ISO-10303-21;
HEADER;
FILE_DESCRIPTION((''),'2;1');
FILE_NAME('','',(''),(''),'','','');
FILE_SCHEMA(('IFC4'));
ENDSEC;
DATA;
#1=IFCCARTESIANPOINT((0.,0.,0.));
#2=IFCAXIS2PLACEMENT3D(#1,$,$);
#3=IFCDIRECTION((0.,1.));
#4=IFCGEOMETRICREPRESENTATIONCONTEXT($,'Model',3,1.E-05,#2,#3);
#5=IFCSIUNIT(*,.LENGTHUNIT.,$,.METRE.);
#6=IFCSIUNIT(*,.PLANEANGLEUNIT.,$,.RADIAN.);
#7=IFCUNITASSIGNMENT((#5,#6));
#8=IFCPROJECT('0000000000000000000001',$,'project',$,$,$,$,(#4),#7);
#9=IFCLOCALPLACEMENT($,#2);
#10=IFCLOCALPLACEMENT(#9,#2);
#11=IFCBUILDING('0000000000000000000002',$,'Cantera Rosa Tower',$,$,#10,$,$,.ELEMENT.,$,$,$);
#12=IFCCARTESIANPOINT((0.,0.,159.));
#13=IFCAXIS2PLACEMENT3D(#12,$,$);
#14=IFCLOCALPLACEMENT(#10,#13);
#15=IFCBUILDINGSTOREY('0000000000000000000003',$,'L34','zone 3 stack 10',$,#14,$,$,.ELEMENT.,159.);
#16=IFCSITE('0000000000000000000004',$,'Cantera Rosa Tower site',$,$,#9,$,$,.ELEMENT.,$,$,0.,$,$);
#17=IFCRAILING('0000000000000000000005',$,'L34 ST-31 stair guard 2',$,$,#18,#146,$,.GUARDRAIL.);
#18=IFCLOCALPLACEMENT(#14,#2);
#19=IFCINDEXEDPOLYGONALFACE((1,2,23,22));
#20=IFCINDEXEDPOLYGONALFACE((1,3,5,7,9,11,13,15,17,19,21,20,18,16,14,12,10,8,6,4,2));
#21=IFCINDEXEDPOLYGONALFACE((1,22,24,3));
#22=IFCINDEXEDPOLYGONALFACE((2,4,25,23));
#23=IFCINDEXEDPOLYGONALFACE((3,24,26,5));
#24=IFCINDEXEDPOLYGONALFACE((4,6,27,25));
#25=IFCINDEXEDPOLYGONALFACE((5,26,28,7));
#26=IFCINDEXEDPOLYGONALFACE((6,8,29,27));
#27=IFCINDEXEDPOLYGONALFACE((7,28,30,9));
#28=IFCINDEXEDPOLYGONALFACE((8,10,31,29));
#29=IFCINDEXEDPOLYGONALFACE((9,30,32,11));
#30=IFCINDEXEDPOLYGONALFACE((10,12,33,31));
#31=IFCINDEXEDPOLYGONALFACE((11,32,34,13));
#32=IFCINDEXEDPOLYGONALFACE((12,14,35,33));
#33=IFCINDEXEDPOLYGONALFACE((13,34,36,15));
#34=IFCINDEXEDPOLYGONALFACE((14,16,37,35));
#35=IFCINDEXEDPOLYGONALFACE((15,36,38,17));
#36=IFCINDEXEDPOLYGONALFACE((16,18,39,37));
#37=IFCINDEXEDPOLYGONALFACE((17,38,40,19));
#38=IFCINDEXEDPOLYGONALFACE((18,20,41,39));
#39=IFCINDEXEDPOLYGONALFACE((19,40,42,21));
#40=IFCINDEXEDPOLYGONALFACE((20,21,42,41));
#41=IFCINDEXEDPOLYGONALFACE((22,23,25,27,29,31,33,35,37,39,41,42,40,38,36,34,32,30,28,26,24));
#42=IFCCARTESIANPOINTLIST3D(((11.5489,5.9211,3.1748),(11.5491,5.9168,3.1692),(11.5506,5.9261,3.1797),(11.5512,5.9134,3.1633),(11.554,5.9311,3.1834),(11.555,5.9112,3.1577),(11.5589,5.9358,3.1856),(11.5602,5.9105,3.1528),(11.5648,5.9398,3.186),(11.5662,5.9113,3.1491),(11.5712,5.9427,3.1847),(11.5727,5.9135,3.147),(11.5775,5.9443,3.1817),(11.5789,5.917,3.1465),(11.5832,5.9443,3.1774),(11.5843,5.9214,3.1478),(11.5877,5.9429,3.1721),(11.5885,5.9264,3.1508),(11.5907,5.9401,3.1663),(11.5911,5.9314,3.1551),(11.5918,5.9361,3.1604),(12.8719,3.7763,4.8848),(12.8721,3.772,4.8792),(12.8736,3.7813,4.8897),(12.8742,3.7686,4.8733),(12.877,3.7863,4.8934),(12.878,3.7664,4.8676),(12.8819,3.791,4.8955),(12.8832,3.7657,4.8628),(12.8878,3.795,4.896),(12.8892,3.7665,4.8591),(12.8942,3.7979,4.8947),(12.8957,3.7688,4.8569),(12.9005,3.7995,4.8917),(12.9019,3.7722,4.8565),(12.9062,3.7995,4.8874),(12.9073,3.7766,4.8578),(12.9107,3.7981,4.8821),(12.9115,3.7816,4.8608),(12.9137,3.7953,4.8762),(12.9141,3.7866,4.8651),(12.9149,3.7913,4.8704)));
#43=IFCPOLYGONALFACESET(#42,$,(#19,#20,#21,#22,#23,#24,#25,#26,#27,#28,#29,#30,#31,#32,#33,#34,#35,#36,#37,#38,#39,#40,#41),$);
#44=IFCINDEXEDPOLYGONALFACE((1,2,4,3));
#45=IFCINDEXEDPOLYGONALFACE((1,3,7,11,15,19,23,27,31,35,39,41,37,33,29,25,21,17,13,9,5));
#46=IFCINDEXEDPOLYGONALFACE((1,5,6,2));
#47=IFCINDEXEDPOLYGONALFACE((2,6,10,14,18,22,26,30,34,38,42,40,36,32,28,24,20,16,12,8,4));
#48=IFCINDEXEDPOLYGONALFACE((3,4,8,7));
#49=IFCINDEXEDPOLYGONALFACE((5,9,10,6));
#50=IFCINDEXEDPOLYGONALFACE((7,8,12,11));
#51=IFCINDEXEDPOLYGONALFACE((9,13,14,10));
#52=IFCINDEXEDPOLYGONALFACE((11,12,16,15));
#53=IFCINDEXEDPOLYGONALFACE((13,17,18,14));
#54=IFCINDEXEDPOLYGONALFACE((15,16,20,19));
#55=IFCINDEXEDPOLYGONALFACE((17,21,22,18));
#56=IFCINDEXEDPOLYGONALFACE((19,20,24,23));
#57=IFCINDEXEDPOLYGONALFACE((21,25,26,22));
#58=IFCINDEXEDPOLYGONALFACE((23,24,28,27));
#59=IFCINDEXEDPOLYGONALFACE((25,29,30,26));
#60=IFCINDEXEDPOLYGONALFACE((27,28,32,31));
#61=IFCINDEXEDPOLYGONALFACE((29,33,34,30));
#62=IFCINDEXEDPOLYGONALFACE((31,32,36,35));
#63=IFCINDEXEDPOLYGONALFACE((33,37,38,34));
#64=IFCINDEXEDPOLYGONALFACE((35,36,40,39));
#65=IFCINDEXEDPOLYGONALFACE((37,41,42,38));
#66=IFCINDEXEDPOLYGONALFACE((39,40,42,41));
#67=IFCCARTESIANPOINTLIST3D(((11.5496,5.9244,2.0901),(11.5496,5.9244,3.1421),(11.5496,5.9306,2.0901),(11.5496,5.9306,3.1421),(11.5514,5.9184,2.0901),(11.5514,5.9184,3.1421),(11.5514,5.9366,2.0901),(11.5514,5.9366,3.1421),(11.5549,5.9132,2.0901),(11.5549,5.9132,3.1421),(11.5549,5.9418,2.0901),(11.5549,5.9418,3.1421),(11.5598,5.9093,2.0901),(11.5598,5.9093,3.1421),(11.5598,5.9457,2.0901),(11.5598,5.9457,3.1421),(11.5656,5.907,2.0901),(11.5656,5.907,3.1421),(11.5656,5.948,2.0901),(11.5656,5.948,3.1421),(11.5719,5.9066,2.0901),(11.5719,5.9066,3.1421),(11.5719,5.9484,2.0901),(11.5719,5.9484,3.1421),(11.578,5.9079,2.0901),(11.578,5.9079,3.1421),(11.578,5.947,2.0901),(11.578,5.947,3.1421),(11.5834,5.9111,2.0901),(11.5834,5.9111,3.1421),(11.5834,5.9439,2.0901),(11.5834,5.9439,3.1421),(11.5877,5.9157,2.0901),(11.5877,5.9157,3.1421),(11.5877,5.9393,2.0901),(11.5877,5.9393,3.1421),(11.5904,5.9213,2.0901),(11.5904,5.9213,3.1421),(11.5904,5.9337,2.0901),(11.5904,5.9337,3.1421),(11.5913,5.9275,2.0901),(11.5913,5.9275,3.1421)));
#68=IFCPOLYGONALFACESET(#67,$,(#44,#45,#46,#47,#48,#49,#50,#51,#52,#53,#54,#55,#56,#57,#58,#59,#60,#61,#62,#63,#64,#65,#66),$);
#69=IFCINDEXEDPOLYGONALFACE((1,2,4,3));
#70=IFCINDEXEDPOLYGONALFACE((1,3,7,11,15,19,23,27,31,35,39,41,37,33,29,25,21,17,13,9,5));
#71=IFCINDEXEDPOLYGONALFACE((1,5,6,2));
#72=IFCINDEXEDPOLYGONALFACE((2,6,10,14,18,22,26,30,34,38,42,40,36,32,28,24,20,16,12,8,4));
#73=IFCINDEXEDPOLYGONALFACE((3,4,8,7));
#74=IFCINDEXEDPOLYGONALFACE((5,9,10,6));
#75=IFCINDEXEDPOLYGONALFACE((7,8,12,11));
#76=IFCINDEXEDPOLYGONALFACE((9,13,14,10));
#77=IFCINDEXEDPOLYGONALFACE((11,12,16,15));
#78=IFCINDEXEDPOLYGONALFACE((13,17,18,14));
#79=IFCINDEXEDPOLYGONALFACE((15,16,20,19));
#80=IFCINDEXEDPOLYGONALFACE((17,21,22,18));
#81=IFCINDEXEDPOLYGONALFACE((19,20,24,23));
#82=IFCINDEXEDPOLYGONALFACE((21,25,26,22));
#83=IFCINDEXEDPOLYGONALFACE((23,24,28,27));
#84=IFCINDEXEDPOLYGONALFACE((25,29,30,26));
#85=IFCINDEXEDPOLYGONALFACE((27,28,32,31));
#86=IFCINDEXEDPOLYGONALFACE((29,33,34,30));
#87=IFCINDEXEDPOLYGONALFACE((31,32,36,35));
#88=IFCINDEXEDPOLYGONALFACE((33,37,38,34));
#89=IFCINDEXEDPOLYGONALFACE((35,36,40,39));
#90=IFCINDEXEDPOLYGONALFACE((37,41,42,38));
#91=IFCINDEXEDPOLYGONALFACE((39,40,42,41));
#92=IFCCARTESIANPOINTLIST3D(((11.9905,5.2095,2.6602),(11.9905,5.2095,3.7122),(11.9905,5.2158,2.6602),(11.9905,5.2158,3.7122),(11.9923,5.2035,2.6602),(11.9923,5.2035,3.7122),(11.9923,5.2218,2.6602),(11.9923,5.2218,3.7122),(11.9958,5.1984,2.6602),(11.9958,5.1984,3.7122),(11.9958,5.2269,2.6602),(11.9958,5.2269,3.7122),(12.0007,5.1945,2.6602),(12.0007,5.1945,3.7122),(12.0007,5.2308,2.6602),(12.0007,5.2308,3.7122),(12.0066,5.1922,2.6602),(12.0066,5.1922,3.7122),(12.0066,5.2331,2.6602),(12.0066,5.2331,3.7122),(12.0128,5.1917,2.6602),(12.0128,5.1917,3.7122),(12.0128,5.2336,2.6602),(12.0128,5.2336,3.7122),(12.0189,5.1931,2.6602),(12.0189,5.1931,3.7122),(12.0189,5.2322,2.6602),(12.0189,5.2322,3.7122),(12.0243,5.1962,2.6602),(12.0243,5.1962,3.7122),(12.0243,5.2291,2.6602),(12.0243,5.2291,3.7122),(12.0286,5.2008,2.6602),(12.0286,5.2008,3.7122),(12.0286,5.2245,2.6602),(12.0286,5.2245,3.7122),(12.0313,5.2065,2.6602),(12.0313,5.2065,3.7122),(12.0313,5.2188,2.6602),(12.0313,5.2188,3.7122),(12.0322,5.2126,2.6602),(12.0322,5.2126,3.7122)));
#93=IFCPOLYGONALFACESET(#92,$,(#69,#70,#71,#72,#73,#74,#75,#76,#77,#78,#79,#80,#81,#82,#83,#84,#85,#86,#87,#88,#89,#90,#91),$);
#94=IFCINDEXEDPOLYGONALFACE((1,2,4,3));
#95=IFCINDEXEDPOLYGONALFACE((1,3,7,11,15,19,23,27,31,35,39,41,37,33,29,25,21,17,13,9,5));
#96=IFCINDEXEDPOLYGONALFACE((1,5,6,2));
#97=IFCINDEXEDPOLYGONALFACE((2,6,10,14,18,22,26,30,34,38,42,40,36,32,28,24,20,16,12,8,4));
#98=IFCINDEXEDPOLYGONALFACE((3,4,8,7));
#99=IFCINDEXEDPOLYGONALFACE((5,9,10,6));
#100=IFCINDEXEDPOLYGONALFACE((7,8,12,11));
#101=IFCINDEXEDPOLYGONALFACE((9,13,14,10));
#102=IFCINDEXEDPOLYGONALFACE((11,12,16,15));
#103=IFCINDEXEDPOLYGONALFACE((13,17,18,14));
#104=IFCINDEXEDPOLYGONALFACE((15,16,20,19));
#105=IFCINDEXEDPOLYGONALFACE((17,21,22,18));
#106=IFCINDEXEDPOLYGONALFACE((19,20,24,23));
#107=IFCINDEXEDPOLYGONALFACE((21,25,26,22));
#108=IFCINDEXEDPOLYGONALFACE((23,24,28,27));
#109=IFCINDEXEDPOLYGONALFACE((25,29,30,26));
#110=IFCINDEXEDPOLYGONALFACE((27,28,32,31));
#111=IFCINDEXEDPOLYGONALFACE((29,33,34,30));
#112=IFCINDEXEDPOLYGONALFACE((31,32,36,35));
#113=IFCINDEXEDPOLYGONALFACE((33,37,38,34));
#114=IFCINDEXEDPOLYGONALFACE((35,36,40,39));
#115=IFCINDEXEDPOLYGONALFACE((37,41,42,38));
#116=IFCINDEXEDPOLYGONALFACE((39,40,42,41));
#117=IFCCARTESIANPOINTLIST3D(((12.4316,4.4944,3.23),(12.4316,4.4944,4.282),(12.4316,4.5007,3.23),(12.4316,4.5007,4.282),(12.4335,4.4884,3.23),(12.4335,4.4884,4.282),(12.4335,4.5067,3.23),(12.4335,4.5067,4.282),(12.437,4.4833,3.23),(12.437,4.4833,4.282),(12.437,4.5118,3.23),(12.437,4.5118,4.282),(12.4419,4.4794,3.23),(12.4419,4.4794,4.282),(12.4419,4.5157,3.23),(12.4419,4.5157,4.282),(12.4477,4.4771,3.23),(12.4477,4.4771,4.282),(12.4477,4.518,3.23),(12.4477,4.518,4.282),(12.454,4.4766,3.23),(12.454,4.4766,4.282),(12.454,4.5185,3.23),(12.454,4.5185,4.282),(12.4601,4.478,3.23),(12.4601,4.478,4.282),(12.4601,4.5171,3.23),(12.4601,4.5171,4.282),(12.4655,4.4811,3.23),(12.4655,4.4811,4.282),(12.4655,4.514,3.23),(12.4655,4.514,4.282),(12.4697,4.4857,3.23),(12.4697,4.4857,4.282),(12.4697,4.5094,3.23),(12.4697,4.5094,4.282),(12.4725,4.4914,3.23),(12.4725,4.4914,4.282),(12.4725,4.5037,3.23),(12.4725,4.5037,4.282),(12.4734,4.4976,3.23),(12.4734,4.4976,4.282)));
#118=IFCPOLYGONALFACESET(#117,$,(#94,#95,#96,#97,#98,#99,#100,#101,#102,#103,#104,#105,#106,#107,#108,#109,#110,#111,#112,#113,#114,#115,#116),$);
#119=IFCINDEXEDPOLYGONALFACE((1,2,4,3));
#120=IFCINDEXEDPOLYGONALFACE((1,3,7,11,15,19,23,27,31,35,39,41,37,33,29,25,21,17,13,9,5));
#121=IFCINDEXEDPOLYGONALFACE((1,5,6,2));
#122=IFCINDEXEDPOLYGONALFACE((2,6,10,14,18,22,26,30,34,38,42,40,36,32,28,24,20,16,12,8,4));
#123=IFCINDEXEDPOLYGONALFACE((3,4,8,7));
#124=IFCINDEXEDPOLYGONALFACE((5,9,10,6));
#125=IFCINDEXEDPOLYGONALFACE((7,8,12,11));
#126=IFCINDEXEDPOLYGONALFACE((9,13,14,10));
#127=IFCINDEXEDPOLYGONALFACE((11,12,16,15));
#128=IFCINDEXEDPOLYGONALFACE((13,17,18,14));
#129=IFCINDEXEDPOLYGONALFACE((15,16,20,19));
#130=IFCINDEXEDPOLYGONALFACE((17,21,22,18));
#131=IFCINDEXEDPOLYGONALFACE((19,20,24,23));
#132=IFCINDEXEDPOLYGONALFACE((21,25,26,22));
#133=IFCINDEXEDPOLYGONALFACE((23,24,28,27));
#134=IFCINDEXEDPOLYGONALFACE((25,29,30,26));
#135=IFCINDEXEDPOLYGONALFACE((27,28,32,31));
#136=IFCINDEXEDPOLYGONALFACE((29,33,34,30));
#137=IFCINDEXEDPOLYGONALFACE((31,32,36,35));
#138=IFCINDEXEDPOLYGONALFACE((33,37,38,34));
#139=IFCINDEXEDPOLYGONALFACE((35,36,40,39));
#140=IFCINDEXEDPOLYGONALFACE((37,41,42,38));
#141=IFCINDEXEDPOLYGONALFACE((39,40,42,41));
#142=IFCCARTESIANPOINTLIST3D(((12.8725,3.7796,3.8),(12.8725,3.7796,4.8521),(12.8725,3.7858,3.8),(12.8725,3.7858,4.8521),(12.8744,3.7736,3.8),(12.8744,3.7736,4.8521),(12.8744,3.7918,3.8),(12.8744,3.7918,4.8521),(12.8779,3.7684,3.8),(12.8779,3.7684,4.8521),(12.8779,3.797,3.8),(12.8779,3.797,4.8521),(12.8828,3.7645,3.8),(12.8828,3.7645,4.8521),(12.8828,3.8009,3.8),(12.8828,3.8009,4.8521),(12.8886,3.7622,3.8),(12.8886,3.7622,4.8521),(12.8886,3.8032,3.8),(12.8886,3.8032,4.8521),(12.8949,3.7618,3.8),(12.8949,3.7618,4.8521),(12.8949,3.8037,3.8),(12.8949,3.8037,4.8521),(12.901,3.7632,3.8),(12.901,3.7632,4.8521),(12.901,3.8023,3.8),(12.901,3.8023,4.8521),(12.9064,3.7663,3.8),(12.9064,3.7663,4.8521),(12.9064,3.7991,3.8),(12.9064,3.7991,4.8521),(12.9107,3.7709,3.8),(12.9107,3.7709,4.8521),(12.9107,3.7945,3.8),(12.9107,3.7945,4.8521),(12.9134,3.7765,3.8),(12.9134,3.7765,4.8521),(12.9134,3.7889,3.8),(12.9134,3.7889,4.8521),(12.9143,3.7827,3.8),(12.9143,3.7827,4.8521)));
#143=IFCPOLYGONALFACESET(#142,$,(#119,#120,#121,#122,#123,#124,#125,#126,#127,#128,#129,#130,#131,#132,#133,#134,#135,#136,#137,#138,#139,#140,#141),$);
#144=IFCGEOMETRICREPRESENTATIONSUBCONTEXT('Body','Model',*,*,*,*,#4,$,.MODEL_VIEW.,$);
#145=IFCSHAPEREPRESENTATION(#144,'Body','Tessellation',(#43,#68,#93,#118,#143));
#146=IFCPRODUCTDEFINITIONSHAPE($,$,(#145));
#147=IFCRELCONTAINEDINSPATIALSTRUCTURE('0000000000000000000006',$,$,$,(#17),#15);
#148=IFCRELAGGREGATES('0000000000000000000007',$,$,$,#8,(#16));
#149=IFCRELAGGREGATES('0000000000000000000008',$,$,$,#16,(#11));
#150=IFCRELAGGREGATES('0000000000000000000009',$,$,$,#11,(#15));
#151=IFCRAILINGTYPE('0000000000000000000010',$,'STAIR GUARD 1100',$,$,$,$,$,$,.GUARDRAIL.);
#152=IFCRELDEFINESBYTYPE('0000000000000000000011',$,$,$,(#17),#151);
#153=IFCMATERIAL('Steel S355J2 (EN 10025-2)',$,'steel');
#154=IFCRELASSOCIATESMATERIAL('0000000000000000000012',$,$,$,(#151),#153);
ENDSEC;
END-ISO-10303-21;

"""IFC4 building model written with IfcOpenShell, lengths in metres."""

from ifc_helpers import new_model, si_unit, direction, frame, origin, origin_2d, place, context, subcontext, project, spatial, circle, extrude, material, type_object, element, save


model = new_model("IFC4")

# Units and contexts
model_context = context("Model", 3, precision=1e-05, world=origin(), true_north=direction((0.0, 1.0)))
body_context = subcontext(model_context, "Body", "Model", "MODEL_VIEW")
ifc_project = project(units=[si_unit("LENGTHUNIT", "METRE"), si_unit("PLANEANGLEUNIT", "RADIAN")], contexts=[model_context])

# Site, building, storey
site_placement = place(None, origin())
site = spatial("IfcSite", under=ifc_project, at=site_placement, Name="Cantera Rosa Tower site", CompositionType="ELEMENT", RefElevation=0.0)
building_placement = place(site_placement, origin())
building = spatial("IfcBuilding", under=site, at=building_placement, Name="Cantera Rosa Tower", CompositionType="ELEMENT")
storey_placement = place(building_placement, frame((0.0, 0.0, 159.0)))
storey = spatial("IfcBuildingStorey", under=building, at=storey_placement, Name="L34", Description="zone 3 stack 10", CompositionType="ELEMENT", Elevation=159.0)

# Railing
ifc_material_1 = material(Name="Steel S355J2 (EN 10025-2)", Category="steel")
railing_type_1 = type_object("IfcRailingType", Name="STAIR GUARD 1100", PredefinedType="GUARDRAIL", material=ifc_material_1)
railing_1_placement = place(storey_placement, frame((11.5703, 5.9275, 2.0901)))
element("IfcRailing", 1, at=railing_1_placement, inside=storey, type_object=railing_type_1, Name="L34 ST-31 stair guard 2", PredefinedType="GUARDRAIL", context=body_context, shape_type="SweptSolid", body=[
    extrude(circle(Radius=0.0239, at=origin_2d()), frame((0.0, 0.0, 1.0762), z_axis=(0.434428, -0.704271, 0.561493), x_axis=(0.851102, 0.525, 0.0)), (0.0, 0.0, 1.0), 3.0454),
    extrude(circle(Radius=0.021, at=origin_2d()), origin(), (0.0, 0.0, 1.0), 1.052),
    extrude(circle(Radius=0.021, at=origin_2d()), frame((0.4409, -0.7148, 0.5701)), (0.0, 0.0, 1.0), 1.052),
    extrude(circle(Radius=0.021, at=origin_2d()), frame((0.8821, -1.4299, 1.1399)), (0.0, 0.0, 1.0), 1.052),
    extrude(circle(Radius=0.021, at=origin_2d()), frame((1.323, -2.1448, 1.71)), (0.0, 0.0, 1.0), 1.052),
])

save(model, "model.ifc")
